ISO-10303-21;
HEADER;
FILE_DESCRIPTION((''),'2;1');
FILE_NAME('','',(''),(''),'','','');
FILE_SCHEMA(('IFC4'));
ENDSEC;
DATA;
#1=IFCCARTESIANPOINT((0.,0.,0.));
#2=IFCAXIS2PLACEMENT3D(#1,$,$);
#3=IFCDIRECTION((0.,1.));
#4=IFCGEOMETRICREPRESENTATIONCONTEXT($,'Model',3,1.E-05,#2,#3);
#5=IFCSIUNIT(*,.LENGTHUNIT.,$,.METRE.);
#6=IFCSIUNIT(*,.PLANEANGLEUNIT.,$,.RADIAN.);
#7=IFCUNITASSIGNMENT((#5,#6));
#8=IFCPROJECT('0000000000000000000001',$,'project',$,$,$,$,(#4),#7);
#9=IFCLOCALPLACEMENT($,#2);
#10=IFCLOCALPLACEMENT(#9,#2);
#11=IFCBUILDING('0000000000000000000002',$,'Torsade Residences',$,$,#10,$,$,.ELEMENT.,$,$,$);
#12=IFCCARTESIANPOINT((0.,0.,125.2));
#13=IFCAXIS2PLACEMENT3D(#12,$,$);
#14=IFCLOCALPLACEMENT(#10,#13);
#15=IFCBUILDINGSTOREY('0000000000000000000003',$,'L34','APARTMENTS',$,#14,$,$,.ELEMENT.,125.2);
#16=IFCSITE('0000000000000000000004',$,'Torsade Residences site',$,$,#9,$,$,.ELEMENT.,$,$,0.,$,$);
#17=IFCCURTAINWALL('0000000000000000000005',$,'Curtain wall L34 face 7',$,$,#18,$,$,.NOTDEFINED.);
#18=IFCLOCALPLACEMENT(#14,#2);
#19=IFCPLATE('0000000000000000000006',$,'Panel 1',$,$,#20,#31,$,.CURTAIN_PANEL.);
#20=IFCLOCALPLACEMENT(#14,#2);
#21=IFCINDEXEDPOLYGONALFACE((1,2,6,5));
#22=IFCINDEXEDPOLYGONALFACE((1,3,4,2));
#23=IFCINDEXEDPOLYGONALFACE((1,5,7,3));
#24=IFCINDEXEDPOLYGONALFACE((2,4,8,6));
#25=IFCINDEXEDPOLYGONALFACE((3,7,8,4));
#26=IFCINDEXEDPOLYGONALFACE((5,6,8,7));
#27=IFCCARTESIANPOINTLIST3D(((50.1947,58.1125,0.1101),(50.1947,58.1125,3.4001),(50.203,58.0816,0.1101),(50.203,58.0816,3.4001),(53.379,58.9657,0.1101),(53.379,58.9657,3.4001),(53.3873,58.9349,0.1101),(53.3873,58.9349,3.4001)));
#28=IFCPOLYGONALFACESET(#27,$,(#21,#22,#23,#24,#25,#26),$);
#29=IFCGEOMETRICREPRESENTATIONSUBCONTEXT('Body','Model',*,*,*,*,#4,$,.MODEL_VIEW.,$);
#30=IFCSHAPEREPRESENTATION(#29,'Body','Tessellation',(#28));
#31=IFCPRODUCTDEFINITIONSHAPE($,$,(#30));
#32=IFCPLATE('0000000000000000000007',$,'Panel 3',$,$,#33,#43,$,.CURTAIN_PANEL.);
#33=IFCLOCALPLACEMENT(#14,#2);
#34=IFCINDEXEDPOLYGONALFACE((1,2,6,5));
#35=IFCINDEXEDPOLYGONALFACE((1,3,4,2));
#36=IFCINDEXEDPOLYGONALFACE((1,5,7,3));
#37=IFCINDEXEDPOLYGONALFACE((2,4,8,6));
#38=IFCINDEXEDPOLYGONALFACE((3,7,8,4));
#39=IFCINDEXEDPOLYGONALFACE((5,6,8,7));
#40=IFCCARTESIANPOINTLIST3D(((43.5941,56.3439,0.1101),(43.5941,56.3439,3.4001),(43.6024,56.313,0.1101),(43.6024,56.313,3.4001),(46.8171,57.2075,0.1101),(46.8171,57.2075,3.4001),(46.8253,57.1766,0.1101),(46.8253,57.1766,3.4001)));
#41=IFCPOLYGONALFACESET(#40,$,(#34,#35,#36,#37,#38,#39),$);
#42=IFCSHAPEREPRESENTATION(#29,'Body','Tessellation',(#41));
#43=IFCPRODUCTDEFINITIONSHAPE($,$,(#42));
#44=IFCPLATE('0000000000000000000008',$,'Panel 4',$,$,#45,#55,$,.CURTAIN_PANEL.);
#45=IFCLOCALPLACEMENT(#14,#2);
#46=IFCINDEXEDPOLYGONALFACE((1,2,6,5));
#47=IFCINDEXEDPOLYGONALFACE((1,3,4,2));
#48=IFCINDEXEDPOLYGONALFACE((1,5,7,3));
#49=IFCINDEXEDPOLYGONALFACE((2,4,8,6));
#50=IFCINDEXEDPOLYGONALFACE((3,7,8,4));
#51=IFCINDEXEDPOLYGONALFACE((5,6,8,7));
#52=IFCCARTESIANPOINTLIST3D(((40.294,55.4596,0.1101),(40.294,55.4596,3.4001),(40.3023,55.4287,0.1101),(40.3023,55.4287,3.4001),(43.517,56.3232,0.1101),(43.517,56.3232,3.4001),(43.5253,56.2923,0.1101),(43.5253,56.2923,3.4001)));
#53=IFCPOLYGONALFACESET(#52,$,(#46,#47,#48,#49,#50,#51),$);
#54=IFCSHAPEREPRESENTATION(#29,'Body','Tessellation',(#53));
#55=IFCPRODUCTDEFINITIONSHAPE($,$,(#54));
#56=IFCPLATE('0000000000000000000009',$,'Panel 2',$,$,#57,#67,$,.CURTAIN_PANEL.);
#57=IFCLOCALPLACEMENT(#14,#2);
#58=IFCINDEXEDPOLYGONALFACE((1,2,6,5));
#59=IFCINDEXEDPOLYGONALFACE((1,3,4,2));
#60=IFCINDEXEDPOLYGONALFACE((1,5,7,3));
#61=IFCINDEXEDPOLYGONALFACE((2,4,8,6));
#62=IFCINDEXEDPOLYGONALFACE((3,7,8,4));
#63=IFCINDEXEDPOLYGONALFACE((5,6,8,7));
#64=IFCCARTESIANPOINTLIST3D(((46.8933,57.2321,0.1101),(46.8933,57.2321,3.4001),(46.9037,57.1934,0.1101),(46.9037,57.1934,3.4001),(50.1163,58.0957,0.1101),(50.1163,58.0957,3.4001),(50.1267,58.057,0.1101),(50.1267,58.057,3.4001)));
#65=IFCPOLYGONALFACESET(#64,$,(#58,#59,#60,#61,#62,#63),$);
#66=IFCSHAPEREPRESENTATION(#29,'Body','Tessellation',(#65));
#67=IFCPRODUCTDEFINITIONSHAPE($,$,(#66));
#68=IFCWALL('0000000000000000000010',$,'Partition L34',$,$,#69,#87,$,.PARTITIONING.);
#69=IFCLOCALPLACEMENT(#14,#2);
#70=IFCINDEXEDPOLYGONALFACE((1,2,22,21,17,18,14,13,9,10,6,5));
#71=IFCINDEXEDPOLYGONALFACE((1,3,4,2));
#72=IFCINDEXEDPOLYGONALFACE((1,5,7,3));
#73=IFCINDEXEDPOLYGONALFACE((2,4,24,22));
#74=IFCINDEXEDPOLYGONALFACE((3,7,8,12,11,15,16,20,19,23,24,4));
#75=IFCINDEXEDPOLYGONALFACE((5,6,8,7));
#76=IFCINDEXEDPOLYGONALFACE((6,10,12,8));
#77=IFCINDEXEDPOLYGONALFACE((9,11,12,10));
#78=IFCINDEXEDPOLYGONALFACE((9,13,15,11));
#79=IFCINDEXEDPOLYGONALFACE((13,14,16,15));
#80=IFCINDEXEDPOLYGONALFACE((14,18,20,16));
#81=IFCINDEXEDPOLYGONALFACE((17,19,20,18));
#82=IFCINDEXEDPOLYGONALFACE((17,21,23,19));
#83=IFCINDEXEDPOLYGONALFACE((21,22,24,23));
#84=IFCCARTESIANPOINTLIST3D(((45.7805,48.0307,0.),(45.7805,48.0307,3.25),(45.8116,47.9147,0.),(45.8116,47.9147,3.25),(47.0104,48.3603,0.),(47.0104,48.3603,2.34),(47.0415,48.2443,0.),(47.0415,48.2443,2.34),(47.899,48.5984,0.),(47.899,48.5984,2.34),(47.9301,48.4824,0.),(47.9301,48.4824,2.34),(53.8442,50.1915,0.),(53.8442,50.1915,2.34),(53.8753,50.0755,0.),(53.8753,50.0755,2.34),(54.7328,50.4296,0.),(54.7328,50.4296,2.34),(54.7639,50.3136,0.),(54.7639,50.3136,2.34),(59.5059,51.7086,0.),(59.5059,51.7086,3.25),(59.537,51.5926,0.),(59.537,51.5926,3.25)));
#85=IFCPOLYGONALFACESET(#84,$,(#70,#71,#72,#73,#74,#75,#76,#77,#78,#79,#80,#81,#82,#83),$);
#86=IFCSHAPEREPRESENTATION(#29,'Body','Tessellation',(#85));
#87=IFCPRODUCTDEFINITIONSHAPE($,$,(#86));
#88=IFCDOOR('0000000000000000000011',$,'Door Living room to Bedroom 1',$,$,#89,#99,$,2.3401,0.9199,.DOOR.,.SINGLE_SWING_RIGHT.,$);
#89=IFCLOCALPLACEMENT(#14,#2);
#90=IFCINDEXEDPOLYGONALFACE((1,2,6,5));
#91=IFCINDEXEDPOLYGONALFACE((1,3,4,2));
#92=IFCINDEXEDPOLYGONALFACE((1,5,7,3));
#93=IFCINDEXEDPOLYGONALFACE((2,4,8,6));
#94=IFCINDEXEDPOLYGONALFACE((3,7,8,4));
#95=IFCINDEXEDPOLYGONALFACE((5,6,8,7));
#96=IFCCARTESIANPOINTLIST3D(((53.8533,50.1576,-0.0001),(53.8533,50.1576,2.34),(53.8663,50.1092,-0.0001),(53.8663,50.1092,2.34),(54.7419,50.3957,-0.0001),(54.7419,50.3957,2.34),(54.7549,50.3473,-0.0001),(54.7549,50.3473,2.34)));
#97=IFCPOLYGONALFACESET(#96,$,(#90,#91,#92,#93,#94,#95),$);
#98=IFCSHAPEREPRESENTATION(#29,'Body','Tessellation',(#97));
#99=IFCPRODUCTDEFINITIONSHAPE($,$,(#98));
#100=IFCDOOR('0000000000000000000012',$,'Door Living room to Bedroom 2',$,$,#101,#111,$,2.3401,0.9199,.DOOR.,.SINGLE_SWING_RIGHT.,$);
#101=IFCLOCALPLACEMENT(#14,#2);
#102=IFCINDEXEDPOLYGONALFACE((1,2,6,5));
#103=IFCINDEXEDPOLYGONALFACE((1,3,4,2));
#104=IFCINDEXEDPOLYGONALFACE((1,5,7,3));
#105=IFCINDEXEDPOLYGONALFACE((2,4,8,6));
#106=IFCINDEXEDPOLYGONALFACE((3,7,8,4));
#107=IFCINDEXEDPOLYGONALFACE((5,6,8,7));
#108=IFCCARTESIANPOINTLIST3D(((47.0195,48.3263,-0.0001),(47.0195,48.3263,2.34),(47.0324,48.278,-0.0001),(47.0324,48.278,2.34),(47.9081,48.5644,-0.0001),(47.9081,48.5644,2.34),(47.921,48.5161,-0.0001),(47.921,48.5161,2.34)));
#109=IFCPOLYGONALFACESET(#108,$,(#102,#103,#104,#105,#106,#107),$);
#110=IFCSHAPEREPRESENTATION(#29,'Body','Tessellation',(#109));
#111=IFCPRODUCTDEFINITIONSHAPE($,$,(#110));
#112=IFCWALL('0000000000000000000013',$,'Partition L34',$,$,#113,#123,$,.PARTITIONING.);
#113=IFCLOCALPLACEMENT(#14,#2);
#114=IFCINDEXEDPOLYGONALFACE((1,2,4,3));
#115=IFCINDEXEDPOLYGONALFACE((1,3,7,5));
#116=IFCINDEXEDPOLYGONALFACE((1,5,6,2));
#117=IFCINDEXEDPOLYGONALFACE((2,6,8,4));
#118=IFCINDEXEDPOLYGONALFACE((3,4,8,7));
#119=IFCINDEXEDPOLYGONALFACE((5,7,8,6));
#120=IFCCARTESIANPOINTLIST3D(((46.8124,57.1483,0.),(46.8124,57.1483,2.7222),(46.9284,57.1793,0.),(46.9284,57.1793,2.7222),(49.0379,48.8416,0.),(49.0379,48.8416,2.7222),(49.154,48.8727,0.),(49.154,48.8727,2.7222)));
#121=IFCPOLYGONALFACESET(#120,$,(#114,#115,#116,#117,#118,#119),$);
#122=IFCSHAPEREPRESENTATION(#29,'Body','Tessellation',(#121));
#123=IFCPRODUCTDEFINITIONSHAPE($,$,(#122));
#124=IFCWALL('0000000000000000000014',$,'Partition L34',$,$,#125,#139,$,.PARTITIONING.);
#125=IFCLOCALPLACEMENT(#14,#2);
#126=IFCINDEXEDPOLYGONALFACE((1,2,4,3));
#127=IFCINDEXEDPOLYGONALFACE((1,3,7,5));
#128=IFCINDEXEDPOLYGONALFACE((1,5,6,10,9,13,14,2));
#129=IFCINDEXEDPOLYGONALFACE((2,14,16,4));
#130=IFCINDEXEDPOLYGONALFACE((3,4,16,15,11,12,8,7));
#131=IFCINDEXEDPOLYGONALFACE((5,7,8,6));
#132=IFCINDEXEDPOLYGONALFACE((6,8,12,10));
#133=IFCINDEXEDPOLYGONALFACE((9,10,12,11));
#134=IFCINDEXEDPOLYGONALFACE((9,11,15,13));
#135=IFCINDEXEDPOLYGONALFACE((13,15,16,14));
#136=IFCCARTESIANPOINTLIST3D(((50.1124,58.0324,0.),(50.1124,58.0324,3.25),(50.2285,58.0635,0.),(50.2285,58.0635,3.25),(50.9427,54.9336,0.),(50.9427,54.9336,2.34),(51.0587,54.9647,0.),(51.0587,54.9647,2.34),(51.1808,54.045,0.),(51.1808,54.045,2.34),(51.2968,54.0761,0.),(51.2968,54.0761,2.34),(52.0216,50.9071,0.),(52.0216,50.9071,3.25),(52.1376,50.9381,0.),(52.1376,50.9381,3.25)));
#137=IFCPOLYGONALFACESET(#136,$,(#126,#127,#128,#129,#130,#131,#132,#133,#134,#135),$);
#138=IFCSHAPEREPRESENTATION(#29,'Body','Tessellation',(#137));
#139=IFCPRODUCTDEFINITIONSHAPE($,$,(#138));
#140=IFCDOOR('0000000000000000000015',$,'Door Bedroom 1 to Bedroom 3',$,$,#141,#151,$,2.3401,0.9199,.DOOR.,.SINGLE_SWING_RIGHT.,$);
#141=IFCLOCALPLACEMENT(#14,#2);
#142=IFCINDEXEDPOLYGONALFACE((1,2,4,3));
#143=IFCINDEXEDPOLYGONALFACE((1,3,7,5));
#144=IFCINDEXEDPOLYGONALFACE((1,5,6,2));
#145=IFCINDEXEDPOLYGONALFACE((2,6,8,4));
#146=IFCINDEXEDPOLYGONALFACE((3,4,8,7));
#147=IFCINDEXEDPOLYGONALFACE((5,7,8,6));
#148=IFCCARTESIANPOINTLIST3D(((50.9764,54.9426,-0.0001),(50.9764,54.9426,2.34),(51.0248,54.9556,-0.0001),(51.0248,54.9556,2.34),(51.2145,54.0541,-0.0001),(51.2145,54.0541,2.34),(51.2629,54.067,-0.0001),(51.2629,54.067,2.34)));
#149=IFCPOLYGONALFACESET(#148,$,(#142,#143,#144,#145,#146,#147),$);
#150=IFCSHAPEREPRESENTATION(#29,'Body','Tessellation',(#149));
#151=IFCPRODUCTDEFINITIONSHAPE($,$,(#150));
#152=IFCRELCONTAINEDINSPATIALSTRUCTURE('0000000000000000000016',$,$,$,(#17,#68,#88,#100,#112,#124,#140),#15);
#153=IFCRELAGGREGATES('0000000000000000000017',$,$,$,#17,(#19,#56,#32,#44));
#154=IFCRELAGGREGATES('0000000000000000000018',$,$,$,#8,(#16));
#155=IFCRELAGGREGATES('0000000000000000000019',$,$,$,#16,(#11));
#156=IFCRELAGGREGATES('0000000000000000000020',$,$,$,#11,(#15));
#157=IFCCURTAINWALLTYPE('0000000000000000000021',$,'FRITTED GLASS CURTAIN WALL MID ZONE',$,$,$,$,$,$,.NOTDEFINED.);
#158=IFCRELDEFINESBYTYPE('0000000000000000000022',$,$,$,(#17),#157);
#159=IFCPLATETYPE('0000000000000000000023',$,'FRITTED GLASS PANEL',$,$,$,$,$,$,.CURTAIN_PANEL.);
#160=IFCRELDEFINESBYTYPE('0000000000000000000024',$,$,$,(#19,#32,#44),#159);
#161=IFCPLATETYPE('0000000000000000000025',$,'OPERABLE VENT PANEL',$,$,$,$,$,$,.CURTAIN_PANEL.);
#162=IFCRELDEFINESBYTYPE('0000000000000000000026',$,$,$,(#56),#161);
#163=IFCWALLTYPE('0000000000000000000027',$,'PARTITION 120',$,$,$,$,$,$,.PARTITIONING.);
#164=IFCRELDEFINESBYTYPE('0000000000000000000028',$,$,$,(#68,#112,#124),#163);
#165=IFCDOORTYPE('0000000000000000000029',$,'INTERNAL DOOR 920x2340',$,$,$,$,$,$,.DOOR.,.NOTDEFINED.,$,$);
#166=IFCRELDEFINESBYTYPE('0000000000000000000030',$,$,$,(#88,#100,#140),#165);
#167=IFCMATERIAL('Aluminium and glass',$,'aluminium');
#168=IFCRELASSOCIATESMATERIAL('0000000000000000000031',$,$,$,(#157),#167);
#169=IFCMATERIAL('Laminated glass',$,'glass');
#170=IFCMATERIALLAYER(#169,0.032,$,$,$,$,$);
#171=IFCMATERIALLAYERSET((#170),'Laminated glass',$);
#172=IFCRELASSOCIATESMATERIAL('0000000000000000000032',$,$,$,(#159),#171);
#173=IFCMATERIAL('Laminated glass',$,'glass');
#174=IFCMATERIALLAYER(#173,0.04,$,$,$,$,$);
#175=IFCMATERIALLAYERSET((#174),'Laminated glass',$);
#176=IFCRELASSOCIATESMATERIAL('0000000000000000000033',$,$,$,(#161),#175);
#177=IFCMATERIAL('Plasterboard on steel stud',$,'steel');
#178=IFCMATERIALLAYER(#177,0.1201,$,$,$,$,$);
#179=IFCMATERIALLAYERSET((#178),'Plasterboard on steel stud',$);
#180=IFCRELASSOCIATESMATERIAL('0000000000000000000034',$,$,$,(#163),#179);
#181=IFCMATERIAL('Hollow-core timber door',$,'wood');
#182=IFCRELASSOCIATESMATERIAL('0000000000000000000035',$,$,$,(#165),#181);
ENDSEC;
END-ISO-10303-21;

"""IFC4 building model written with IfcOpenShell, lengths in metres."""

from ifc_helpers import new_model, si_unit, direction, frame, frame_2d, origin, origin_2d, place, context, subcontext, project, spatial, rectangle, extrude, material, layer, layer_set, type_object, element, fill, aggregate, save


model = new_model("IFC4")

# Units and contexts
model_context = context("Model", 3, precision=1e-05, world=origin(), true_north=direction((0.0, 1.0)))
body_context = subcontext(model_context, "Body", "Model", "MODEL_VIEW")
ifc_project = project(units=[si_unit("LENGTHUNIT", "METRE"), si_unit("PLANEANGLEUNIT", "RADIAN")], contexts=[model_context])

# Site, building, storey
site_placement = place(None, origin())
site = spatial("IfcSite", under=ifc_project, at=site_placement, Name="Torsade Residences site", CompositionType="ELEMENT", RefElevation=0.0)
building_placement = place(site_placement, origin())
building = spatial("IfcBuilding", under=site, at=building_placement, Name="Torsade Residences", CompositionType="ELEMENT")
storey_placement = place(building_placement, frame((0.0, 0.0, 125.2)))
storey = spatial("IfcBuildingStorey", under=building, at=storey_placement, Name="L34", Description="APARTMENTS", CompositionType="ELEMENT", Elevation=125.2)

# Curtain wall
ifc_material_1 = material(Name="Aluminium and glass", Category="aluminium")
curtain_wall_type = type_object("IfcCurtainWallType", Name="FRITTED GLASS CURTAIN WALL MID ZONE", PredefinedType="NOTDEFINED", material=ifc_material_1)
curtain_wall_placement = place(storey_placement, origin())
curtain_wall = element("IfcCurtainWall", 1, at=curtain_wall_placement, inside=storey, type_object=curtain_wall_type, Name="Curtain wall L34 face 7", PredefinedType="NOTDEFINED")

# Plates
ifc_material_2 = material(Name="Laminated glass", Category="glass")
ifc_layer_1 = layer(ifc_material_2, 0.032)
ifc_layer_set_1 = layer_set([ifc_layer_1], Name="Laminated glass")
plate_type_1 = type_object("IfcPlateType", Name="FRITTED GLASS PANEL", PredefinedType="CURTAIN_PANEL", material=ifc_layer_set_1)
plate_1_placement = place(storey_placement, frame((51.791, 58.5237, 0.1101), z_axis=(0.0, 0.0, 1.0), x_axis=(-0.965926, -0.258819, 0.0)))
plate_1 = element("IfcPlate", 2, at=plate_1_placement, type_object=plate_type_1, Name="Panel 1", PredefinedType="CURTAIN_PANEL", context=body_context, shape_type="SweptSolid", body=[
    extrude(rectangle(XDim=3.2966, YDim=0.032, at=origin_2d()), origin(), (0.0, 0.0, 1.0), 3.29),
])
plate_2_placement = place(storey_placement, frame((45.2097, 56.7603, 0.1101), z_axis=(0.0, 0.0, 1.0), x_axis=(-0.965926, -0.258819, 0.0)))
plate_2 = element("IfcPlate", 3, at=plate_2_placement, type_object=plate_type_1, Name="Panel 3", PredefinedType="CURTAIN_PANEL", context=body_context, shape_type="SweptSolid", body=[
    extrude(rectangle(XDim=3.3367, YDim=0.032, at=origin_2d()), origin(), (0.0, 0.0, 1.0), 3.29),
])
plate_3_placement = place(storey_placement, frame((41.9097, 55.876, 0.1101), z_axis=(0.0, 0.0, 1.0), x_axis=(-0.965926, -0.258819, 0.0)))
plate_3 = element("IfcPlate", 4, at=plate_3_placement, type_object=plate_type_1, Name="Panel 4", PredefinedType="CURTAIN_PANEL", context=body_context, shape_type="SweptSolid", body=[
    extrude(rectangle(XDim=3.3367, YDim=0.032, at=origin_2d()), origin(), (0.0, 0.0, 1.0), 3.29),
])
ifc_material_3 = material(Name="Laminated glass", Category="glass")
ifc_layer_2 = layer(ifc_material_3, 0.04)
ifc_layer_set_2 = layer_set([ifc_layer_2], Name="Laminated glass")
plate_type_2 = type_object("IfcPlateType", Name="OPERABLE VENT PANEL", PredefinedType="CURTAIN_PANEL", material=ifc_layer_set_2)
plate_4_placement = place(storey_placement, frame((48.51, 57.6445, 0.1101), z_axis=(0.0, 0.0, 1.0), x_axis=(-0.965926, -0.258819, 0.0)))
plate_4 = element("IfcPlate", 5, at=plate_4_placement, type_object=plate_type_2, Name="Panel 2", PredefinedType="CURTAIN_PANEL", context=body_context, shape_type="SweptSolid", body=[
    extrude(rectangle(XDim=3.3367, YDim=0.04, at=origin_2d()), origin(), (0.0, 0.0, 1.0), 3.29),
])
aggregate(curtain_wall, [plate_1, plate_4, plate_2, plate_3])

# Wall, openings, doors
ifc_material_4 = material(Name="Plasterboard on steel stud", Category="steel")
ifc_layer_3 = layer(ifc_material_4, 0.1201)
ifc_layer_set_3 = layer_set([ifc_layer_3], Name="Plasterboard on steel stud")
wall_type_1 = type_object("IfcWallType", Name="PARTITION 120", PredefinedType="PARTITIONING", material=ifc_layer_set_3)
wall_1_placement = place(storey_placement, frame((45.7959, 47.9727, 0.0), z_axis=(0.0, 0.0, 1.0), x_axis=(0.965922, 0.258833, 0.0)))
wall_1 = element("IfcWall", 6, at=wall_1_placement, inside=storey, type_object=wall_type_1, Name="Partition L34", PredefinedType="PARTITIONING", context=body_context, shape_type="SweptSolid", body=[
    extrude(rectangle(XDim=14.2097, YDim=0.1201, at=frame_2d((7.105, 0.0))), origin(), (0.0, 0.0, 1.0), 3.25),
])
opening_1_placement = place(wall_1_placement, frame((8.3484, 0.0, 0.0)))
opening_1 = element("IfcOpeningElement", 7, at=opening_1_placement, cuts=wall_1, PredefinedType="OPENING", context=body_context, shape_type="SweptSolid", body=[
    extrude(rectangle(XDim=0.9199, YDim=2.3401, at=frame_2d((0.46, 1.1699))), frame((0.0, 0.0701, 0.0), z_axis=(0.0, -1.0, 0.0), x_axis=(1.0, 0.0, 0.0)), (0.0, 0.0, 1.0), 0.1401),
])
opening_2_placement = place(wall_1_placement, frame((1.2734, 0.0, 0.0)))
opening_2 = element("IfcOpeningElement", 8, at=opening_2_placement, cuts=wall_1, PredefinedType="OPENING", context=body_context, shape_type="SweptSolid", body=[
    extrude(rectangle(XDim=0.9199, YDim=2.3401, at=frame_2d((0.46, 1.1699))), frame((0.0, 0.0701, 0.0), z_axis=(0.0, -1.0, 0.0), x_axis=(1.0, 0.0, 0.0)), (0.0, 0.0, 1.0), 0.1401),
])
ifc_material_5 = material(Name="Hollow-core timber door", Category="wood")
door_type_1 = type_object("IfcDoorType", Name="INTERNAL DOOR 920x2340", OperationType="NOTDEFINED", PredefinedType="DOOR", material=ifc_material_5)
door_1_placement = place(opening_1_placement, origin())
door_1 = element("IfcDoor", 9, at=door_1_placement, inside=storey, type_object=door_type_1, Name="Door Living room to Bedroom 1", OperationType="SINGLE_SWING_RIGHT", OverallHeight=2.3401, OverallWidth=0.9199, PredefinedType="DOOR", context=body_context, shape_type="SweptSolid", body=[
    extrude(rectangle(XDim=0.9199, YDim=2.3401, at=frame_2d((0.46, 1.1699))), frame((0.0, 0.0249, 0.0), z_axis=(0.0, -1.0, 0.0), x_axis=(1.0, 0.0, 0.0)), (0.0, 0.0, 1.0), 0.05),
])
fill(opening_1, door_1)
door_2_placement = place(opening_2_placement, origin())
door_2 = element("IfcDoor", 10, at=door_2_placement, inside=storey, type_object=door_type_1, Name="Door Living room to Bedroom 2", OperationType="SINGLE_SWING_RIGHT", OverallHeight=2.3401, OverallWidth=0.9199, PredefinedType="DOOR", context=body_context, shape_type="SweptSolid", body=[
    extrude(rectangle(XDim=0.9199, YDim=2.3401, at=frame_2d((0.46, 1.1699))), frame((0.0, 0.0249, 0.0), z_axis=(0.0, -1.0, 0.0), x_axis=(1.0, 0.0, 0.0)), (0.0, 0.0, 1.0), 0.05),
])
fill(opening_2, door_2)

# Wall
wall_2_placement = place(storey_placement, frame((49.0959, 48.8572, 0.0), z_axis=(0.0, 0.0, 1.0), x_axis=(-0.2588, 0.965931, 0.0)))
element("IfcWall", 11, at=wall_2_placement, inside=storey, type_object=wall_type_1, Name="Partition L34", PredefinedType="PARTITIONING", context=body_context, shape_type="SweptSolid", body=[
    extrude(rectangle(XDim=8.5996, YDim=0.1201, at=frame_2d((4.2998, 0.0))), origin(), (0.0, 0.0, 1.0), 2.7222),
])

# Wall, opening, door
wall_3_placement = place(storey_placement, frame((50.1704, 58.0481, 0.0), z_axis=(0.0, 0.0, 1.0), x_axis=(0.258808, -0.965929, 0.0)))
wall_3 = element("IfcWall", 12, at=wall_3_placement, inside=storey, type_object=wall_type_1, Name="Partition L34", PredefinedType="PARTITIONING", context=body_context, shape_type="SweptSolid", body=[
    extrude(rectangle(XDim=7.3767, YDim=0.1201, at=frame_2d((3.6885, 0.0))), origin(), (0.0, 0.0, 1.0), 3.25),
])
opening_3_placement = place(wall_3_placement, frame((3.2083, 0.0, 0.0)))
opening_3 = element("IfcOpeningElement", 13, at=opening_3_placement, cuts=wall_3, PredefinedType="OPENING", context=body_context, shape_type="SweptSolid", body=[
    extrude(rectangle(XDim=0.9199, YDim=2.3401, at=frame_2d((0.46, 1.1699))), frame((0.0, 0.0701, 0.0), z_axis=(0.0, -1.0, 0.0), x_axis=(1.0, 0.0, 0.0)), (0.0, 0.0, 1.0), 0.1401),
])
door_3_placement = place(opening_3_placement, origin())
door_3 = element("IfcDoor", 14, at=door_3_placement, inside=storey, type_object=door_type_1, Name="Door Bedroom 1 to Bedroom 3", OperationType="SINGLE_SWING_RIGHT", OverallHeight=2.3401, OverallWidth=0.9199, PredefinedType="DOOR", context=body_context, shape_type="SweptSolid", body=[
    extrude(rectangle(XDim=0.9199, YDim=2.3401, at=frame_2d((0.46, 1.1699))), frame((0.0, 0.0249, 0.0), z_axis=(0.0, -1.0, 0.0), x_axis=(1.0, 0.0, 0.0)), (0.0, 0.0, 1.0), 0.05),
])
fill(opening_3, door_3)

save(model, "model.ifc")
